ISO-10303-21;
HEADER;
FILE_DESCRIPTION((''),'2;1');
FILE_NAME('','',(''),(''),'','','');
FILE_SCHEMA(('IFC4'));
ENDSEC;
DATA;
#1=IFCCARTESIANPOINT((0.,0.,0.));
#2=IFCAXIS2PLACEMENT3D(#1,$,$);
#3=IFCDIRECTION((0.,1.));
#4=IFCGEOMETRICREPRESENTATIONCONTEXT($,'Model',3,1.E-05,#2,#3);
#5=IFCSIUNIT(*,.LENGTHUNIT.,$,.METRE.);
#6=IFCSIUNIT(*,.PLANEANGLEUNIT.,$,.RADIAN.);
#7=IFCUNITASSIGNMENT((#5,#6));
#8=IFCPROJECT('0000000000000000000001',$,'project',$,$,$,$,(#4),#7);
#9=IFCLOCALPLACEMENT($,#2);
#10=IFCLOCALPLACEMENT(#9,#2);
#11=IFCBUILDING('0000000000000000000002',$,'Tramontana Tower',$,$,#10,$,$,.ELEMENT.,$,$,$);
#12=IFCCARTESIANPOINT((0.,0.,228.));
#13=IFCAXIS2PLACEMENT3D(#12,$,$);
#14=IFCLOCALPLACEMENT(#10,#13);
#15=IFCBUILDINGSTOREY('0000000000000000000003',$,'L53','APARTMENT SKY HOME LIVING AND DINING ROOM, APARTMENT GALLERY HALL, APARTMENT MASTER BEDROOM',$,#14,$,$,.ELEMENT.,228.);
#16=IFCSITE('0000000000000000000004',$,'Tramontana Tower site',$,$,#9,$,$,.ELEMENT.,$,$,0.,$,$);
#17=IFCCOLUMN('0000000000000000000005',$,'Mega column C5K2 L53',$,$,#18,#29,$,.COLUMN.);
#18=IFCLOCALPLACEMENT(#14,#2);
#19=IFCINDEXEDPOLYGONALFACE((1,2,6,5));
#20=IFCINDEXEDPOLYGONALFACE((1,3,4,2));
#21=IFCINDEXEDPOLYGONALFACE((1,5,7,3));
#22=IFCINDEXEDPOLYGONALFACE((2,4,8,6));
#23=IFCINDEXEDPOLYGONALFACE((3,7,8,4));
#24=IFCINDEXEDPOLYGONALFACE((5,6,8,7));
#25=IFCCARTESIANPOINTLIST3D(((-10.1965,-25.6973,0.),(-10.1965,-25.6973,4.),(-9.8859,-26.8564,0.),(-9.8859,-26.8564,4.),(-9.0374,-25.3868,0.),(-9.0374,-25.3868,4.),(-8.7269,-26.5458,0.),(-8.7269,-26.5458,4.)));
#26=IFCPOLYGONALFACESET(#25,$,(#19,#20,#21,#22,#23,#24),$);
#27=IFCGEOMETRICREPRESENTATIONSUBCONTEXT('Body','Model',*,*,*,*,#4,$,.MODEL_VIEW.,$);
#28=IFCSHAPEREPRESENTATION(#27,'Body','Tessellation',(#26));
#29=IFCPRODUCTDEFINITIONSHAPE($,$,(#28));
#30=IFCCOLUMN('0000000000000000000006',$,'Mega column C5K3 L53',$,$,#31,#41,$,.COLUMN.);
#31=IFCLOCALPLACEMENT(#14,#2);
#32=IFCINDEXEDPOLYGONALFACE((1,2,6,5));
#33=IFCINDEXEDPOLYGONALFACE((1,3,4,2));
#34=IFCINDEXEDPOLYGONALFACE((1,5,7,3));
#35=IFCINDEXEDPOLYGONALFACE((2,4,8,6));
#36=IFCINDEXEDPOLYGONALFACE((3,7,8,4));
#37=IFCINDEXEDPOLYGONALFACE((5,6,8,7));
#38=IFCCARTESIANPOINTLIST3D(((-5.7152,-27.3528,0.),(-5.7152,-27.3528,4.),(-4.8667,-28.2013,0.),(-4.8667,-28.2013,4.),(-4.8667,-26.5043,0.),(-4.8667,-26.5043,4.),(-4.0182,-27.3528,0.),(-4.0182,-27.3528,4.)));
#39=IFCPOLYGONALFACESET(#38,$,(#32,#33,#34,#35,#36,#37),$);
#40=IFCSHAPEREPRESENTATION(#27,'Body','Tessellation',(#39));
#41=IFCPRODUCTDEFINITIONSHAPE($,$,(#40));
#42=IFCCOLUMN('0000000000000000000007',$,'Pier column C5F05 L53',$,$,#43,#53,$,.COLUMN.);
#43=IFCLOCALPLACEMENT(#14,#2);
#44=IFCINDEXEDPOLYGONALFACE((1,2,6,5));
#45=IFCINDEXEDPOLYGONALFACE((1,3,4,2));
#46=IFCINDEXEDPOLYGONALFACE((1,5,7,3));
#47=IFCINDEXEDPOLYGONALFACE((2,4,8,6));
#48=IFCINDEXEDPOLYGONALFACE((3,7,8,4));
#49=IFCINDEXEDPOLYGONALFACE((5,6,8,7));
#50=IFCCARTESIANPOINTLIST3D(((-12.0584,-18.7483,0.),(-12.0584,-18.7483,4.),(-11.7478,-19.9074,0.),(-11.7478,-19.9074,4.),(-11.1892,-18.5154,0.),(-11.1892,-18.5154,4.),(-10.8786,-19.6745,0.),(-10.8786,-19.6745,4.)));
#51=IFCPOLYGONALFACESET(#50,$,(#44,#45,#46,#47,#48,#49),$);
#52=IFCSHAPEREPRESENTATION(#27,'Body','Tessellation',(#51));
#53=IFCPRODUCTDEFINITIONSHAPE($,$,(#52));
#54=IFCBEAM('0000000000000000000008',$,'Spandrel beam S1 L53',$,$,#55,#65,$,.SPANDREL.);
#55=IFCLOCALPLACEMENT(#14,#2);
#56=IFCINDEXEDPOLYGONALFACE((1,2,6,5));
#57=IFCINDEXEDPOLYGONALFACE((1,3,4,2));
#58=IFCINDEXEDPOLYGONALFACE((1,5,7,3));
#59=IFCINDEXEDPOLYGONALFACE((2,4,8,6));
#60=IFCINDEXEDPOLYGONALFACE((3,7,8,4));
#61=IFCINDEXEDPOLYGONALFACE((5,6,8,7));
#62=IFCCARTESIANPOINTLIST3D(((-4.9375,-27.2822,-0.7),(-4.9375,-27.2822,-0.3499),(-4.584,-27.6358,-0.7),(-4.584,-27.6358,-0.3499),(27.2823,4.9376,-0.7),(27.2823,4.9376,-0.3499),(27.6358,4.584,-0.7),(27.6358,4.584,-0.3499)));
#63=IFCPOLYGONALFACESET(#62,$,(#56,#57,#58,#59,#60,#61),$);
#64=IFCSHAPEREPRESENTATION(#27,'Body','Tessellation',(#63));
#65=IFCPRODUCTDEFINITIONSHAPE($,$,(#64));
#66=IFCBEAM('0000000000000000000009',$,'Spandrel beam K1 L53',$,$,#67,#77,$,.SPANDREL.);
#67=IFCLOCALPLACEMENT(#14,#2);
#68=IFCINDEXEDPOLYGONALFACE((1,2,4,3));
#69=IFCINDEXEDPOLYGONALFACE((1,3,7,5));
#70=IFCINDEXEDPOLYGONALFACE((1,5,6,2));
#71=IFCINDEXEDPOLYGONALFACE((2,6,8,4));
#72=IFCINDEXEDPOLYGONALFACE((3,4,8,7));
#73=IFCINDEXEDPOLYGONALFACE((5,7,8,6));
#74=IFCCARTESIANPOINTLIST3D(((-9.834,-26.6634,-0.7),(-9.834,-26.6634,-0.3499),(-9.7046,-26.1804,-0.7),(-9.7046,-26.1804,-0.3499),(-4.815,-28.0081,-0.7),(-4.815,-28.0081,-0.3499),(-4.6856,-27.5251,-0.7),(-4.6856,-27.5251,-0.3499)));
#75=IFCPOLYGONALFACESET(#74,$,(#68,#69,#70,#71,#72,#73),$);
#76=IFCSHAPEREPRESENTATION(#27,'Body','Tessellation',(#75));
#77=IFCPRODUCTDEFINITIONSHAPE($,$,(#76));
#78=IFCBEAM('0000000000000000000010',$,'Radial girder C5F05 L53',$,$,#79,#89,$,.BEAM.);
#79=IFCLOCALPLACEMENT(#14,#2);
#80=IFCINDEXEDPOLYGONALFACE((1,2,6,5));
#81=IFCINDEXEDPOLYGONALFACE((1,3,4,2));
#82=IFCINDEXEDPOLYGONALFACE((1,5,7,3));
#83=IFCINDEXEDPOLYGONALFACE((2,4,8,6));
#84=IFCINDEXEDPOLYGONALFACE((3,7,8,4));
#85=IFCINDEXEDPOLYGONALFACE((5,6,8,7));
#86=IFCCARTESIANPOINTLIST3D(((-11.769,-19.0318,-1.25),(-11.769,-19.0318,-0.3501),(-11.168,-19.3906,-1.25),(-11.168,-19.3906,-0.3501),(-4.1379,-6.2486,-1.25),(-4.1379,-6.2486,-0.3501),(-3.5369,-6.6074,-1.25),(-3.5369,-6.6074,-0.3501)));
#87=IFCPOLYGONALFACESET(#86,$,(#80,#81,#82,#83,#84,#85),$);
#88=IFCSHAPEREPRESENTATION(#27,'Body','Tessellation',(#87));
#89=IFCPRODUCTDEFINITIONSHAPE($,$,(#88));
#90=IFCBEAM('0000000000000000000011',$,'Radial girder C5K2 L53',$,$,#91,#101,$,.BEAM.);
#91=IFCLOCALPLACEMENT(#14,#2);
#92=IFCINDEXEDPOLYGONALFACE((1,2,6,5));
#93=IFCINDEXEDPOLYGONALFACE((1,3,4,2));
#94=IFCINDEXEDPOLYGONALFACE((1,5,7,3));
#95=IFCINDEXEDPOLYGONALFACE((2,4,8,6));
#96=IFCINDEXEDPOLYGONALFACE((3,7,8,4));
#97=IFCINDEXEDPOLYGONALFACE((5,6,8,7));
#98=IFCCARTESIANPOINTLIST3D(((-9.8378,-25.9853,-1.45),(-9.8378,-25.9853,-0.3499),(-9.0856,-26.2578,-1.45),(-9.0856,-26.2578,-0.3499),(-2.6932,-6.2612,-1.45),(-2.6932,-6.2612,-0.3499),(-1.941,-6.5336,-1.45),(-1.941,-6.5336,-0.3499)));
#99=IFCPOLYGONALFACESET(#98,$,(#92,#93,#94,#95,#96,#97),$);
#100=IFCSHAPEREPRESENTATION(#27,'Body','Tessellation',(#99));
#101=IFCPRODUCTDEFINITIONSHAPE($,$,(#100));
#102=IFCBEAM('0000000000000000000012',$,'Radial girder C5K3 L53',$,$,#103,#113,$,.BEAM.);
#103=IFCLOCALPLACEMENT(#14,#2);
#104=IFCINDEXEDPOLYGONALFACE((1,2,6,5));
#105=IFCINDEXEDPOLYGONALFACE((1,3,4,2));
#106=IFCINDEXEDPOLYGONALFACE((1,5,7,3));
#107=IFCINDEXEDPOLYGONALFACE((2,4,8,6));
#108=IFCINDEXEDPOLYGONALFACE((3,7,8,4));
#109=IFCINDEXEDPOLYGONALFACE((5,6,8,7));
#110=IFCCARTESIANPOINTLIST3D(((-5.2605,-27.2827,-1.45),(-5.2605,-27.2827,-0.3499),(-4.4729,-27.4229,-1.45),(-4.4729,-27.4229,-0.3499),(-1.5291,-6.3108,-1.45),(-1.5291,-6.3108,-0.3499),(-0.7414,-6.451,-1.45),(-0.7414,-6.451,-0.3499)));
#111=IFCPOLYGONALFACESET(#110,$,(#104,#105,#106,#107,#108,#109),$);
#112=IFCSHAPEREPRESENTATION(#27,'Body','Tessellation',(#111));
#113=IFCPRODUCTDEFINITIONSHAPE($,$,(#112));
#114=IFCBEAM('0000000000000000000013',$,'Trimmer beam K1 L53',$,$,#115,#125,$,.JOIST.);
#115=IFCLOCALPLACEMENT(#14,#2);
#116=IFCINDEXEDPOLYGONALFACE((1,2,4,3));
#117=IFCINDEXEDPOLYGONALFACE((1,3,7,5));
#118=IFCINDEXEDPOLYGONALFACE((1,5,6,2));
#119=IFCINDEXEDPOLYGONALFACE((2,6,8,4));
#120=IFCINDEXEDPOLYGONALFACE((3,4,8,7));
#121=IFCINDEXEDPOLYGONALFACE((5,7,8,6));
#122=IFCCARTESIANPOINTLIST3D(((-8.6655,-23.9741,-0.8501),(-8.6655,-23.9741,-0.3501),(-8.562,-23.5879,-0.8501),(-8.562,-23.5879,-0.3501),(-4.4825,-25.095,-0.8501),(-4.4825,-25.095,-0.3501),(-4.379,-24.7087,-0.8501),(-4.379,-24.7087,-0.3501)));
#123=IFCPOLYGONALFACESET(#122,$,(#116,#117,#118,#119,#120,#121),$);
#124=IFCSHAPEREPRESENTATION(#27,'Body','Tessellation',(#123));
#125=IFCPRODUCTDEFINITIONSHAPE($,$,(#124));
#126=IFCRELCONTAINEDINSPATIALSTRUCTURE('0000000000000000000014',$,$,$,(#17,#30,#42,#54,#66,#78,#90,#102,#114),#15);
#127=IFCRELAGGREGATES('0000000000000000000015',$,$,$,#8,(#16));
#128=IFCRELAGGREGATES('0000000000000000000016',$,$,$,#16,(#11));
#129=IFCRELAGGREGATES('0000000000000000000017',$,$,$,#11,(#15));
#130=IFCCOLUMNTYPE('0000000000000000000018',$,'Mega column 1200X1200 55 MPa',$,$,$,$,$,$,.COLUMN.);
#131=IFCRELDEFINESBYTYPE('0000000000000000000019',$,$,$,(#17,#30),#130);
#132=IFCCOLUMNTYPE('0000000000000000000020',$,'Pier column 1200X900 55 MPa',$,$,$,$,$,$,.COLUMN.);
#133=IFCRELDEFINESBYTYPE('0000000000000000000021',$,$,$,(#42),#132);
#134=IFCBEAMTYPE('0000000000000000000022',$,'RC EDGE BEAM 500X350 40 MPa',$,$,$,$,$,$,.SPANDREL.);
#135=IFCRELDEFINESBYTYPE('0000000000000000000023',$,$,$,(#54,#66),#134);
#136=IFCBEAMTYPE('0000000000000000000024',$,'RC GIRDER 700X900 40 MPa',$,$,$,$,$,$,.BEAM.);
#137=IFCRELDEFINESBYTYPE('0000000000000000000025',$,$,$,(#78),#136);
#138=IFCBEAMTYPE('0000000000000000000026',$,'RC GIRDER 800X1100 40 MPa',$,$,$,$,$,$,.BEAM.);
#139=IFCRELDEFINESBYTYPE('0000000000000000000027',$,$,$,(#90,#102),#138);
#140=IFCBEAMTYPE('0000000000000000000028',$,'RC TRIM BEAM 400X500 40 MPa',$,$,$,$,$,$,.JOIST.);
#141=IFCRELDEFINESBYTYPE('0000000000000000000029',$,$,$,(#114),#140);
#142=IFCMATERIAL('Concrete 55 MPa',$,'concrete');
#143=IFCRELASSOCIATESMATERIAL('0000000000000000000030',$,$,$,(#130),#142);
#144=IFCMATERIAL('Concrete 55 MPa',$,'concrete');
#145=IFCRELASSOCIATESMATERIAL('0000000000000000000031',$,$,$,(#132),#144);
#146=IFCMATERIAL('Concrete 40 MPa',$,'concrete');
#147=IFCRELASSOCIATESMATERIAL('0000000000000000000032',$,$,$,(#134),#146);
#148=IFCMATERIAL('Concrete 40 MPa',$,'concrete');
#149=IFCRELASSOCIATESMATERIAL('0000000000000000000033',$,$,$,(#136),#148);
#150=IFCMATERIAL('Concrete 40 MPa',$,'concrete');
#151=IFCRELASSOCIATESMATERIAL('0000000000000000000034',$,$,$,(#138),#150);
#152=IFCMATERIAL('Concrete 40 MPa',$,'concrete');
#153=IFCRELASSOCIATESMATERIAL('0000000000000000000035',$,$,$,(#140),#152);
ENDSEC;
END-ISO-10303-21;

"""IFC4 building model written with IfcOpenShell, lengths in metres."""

from ifc_helpers import new_model, si_unit, direction, frame, origin, origin_2d, place, context, subcontext, project, spatial, rectangle, extrude, material, material_profile, profile_set, type_object, element, save


model = new_model("IFC4")

# Units and contexts
model_context = context("Model", 3, precision=1e-05, world=origin(), true_north=direction((0.0, 1.0)))
body_context = subcontext(model_context, "Body", "Model", "MODEL_VIEW")
ifc_project = project(units=[si_unit("LENGTHUNIT", "METRE"), si_unit("PLANEANGLEUNIT", "RADIAN")], contexts=[model_context])

# Site, building, storey
site_placement = place(None, origin())
site = spatial("IfcSite", under=ifc_project, at=site_placement, Name="Tramontana Tower site", CompositionType="ELEMENT", RefElevation=0.0)
building_placement = place(site_placement, origin())
building = spatial("IfcBuilding", under=site, at=building_placement, Name="Tramontana Tower", CompositionType="ELEMENT")
storey_placement = place(building_placement, frame((0.0, 0.0, 228.0)))
storey = spatial("IfcBuildingStorey", under=building, at=storey_placement, Name="L53", Description="APARTMENT SKY HOME LIVING AND DINING ROOM, APARTMENT GALLERY HALL, APARTMENT MASTER BEDROOM", CompositionType="ELEMENT", Elevation=228.0)

# Columns
ifc_material_1 = material(Name="Concrete 55 MPa", Category="concrete")
ifc_material_profile_1 = material_profile(ifc_material_1, rectangle(XDim=1.2, YDim=1.2, at=origin_2d()), Name="Mega column 1200X1200 55 MPa")
ifc_profile_set_1 = profile_set([ifc_material_profile_1], Name="Concrete 55 MPa")
column_type_1 = type_object("IfcColumnType", Name="Mega column 1200X1200 55 MPa", PredefinedType="COLUMN", material=ifc_profile_set_1)
for number, where, z_axis, x_axis, name in (
    (1, (-9.4617, -26.1216, 0.0), (0.0, 0.0, 1.0), (0.258819, -0.965926, 0.0), "Mega column C5K2 L53"),
    (2, (-4.8667, -27.3528, 0.0), (0.0, 0.0, 1.0), (0.707107, 0.707107, 0.0), "Mega column C5K3 L53"),
):
    element("IfcColumn", number, at=place(storey_placement, frame(where, z_axis=z_axis, x_axis=x_axis)), inside=storey, type_object=column_type_1, Name=name, PredefinedType="COLUMN", context=body_context, shape_type="SweptSolid", body=[
        extrude(rectangle(XDim=1.2, YDim=1.2, at=origin_2d()), origin(), (0.0, 0.0, 1.0), 4.0),
    ])
ifc_material_2 = material(Name="Concrete 55 MPa", Category="concrete")
ifc_material_profile_2 = material_profile(ifc_material_2, rectangle(XDim=1.2, YDim=0.8999, at=origin_2d()), Name="Pier column 1200X900 55 MPa")
ifc_profile_set_2 = profile_set([ifc_material_profile_2], Name="Concrete 55 MPa")
column_type_2 = type_object("IfcColumnType", Name="Pier column 1200X900 55 MPa", PredefinedType="COLUMN", material=ifc_profile_set_2)
column_placement = place(storey_placement, frame((-11.4685, -19.2114, 0.0), z_axis=(0.0, 0.0, 1.0), x_axis=(0.258819, -0.965926, 0.0)))
element("IfcColumn", 3, at=column_placement, inside=storey, type_object=column_type_2, Name="Pier column C5F05 L53", PredefinedType="COLUMN", context=body_context, shape_type="SweptSolid", body=[
    extrude(rectangle(XDim=1.2, YDim=0.8999, at=origin_2d()), origin(), (0.0, 0.0, 1.0), 4.0),
])

# Beams
ifc_material_3 = material(Name="Concrete 40 MPa", Category="concrete")
ifc_material_profile_3 = material_profile(ifc_material_3, rectangle(XDim=0.5, YDim=0.3501, at=origin_2d()), Name="RC EDGE BEAM 500X350 40 MPa")
ifc_profile_set_3 = profile_set([ifc_material_profile_3], Name="Concrete 40 MPa")
beam_type_1 = type_object("IfcBeamType", Name="RC EDGE BEAM 500X350 40 MPa", PredefinedType="SPANDREL", material=ifc_profile_set_3)
beam_1_placement = place(storey_placement, frame((-4.7607, -27.459, -0.5249), z_axis=(0.707107, 0.707107, 0.0), x_axis=(-0.707107, 0.707107, 0.0)))
element("IfcBeam", 4, at=beam_1_placement, inside=storey, type_object=beam_type_1, Name="Spandrel beam S1 L53", PredefinedType="SPANDREL", context=body_context, shape_type="SweptSolid", body=[
    extrude(rectangle(XDim=0.5, YDim=0.3501, at=origin_2d()), origin(), (0.0, 0.0, 1.0), 45.5657),
])
beam_2_placement = place(storey_placement, frame((-9.7693, -26.4219, -0.5249), z_axis=(0.965932, -0.258797, 0.0), x_axis=(0.258797, 0.965932, 0.0)))
element("IfcBeam", 5, at=beam_2_placement, inside=storey, type_object=beam_type_1, Name="Spandrel beam K1 L53", PredefinedType="SPANDREL", context=body_context, shape_type="SweptSolid", body=[
    extrude(rectangle(XDim=0.5, YDim=0.3501, at=origin_2d()), origin(), (0.0, 0.0, 1.0), 5.196),
])
ifc_material_4 = material(Name="Concrete 40 MPa", Category="concrete")
ifc_material_profile_4 = material_profile(ifc_material_4, rectangle(XDim=0.7, YDim=0.8999, at=origin_2d()), Name="RC GIRDER 700X900 40 MPa")
ifc_profile_set_4 = profile_set([ifc_material_profile_4], Name="Concrete 40 MPa")
beam_type_2 = type_object("IfcBeamType", Name="RC GIRDER 700X900 40 MPa", PredefinedType="BEAM", material=ifc_profile_set_4)
beam_3_placement = place(storey_placement, frame((-11.4685, -19.2112, -0.8), z_axis=(0.512577, 0.858641, 0.0), x_axis=(-0.858641, 0.512577, 0.0)))
element("IfcBeam", 6, at=beam_3_placement, inside=storey, type_object=beam_type_2, Name="Radial girder C5F05 L53", PredefinedType="BEAM", context=body_context, shape_type="SweptSolid", body=[
    extrude(rectangle(XDim=0.7, YDim=0.8999, at=origin_2d()), origin(), (0.0, 0.0, 1.0), 14.8877),
])
ifc_material_5 = material(Name="Concrete 40 MPa", Category="concrete")
ifc_material_profile_5 = material_profile(ifc_material_5, rectangle(XDim=0.8, YDim=1.1001, at=origin_2d()), Name="RC GIRDER 800X1100 40 MPa")
ifc_profile_set_5 = profile_set([ifc_material_profile_5], Name="Concrete 40 MPa")
beam_type_3 = type_object("IfcBeamType", Name="RC GIRDER 800X1100 40 MPa", PredefinedType="BEAM", material=ifc_profile_set_5)
beam_4_placement = place(storey_placement, frame((-9.4617, -26.1216, -0.8999), z_axis=(0.340569, 0.940219, 0.0), x_axis=(-0.940219, 0.340569, 0.0)))
element("IfcBeam", 7, at=beam_4_placement, inside=storey, type_object=beam_type_3, Name="Radial girder C5K2 L53", PredefinedType="BEAM", context=body_context, shape_type="SweptSolid", body=[
    extrude(rectangle(XDim=0.8, YDim=1.1001, at=origin_2d()), origin(), (0.0, 0.0, 1.0), 20.9783),
])
beam_5_placement = place(storey_placement, frame((-4.8667, -27.3528, -0.8999), z_axis=(0.175175, 0.984537, 0.0), x_axis=(-0.984537, 0.175175, 0.0)))
element("IfcBeam", 8, at=beam_5_placement, inside=storey, type_object=beam_type_3, Name="Radial girder C5K3 L53", PredefinedType="BEAM", context=body_context, shape_type="SweptSolid", body=[
    extrude(rectangle(XDim=0.8, YDim=1.1001, at=origin_2d()), origin(), (0.0, 0.0, 1.0), 21.3013),
])
ifc_material_6 = material(Name="Concrete 40 MPa", Category="concrete")
ifc_material_profile_6 = material_profile(ifc_material_6, rectangle(XDim=0.3999, YDim=0.5, at=origin_2d()), Name="RC TRIM BEAM 400X500 40 MPa")
ifc_profile_set_6 = profile_set([ifc_material_profile_6], Name="Concrete 40 MPa")
beam_type_4 = type_object("IfcBeamType", Name="RC TRIM BEAM 400X500 40 MPa", PredefinedType="JOIST", material=ifc_profile_set_6)
beam_6_placement = place(storey_placement, frame((-8.6138, -23.781, -0.6001), z_axis=(0.965926, -0.258817, 0.0), x_axis=(0.258817, 0.965926, 0.0)))
element("IfcBeam", 9, at=beam_6_placement, inside=storey, type_object=beam_type_4, Name="Trimmer beam K1 L53", PredefinedType="JOIST", context=body_context, shape_type="SweptSolid", body=[
    extrude(rectangle(XDim=0.3999, YDim=0.5, at=origin_2d()), origin(), (0.0, 0.0, 1.0), 4.3306),
])

save(model, "model.ifc")
